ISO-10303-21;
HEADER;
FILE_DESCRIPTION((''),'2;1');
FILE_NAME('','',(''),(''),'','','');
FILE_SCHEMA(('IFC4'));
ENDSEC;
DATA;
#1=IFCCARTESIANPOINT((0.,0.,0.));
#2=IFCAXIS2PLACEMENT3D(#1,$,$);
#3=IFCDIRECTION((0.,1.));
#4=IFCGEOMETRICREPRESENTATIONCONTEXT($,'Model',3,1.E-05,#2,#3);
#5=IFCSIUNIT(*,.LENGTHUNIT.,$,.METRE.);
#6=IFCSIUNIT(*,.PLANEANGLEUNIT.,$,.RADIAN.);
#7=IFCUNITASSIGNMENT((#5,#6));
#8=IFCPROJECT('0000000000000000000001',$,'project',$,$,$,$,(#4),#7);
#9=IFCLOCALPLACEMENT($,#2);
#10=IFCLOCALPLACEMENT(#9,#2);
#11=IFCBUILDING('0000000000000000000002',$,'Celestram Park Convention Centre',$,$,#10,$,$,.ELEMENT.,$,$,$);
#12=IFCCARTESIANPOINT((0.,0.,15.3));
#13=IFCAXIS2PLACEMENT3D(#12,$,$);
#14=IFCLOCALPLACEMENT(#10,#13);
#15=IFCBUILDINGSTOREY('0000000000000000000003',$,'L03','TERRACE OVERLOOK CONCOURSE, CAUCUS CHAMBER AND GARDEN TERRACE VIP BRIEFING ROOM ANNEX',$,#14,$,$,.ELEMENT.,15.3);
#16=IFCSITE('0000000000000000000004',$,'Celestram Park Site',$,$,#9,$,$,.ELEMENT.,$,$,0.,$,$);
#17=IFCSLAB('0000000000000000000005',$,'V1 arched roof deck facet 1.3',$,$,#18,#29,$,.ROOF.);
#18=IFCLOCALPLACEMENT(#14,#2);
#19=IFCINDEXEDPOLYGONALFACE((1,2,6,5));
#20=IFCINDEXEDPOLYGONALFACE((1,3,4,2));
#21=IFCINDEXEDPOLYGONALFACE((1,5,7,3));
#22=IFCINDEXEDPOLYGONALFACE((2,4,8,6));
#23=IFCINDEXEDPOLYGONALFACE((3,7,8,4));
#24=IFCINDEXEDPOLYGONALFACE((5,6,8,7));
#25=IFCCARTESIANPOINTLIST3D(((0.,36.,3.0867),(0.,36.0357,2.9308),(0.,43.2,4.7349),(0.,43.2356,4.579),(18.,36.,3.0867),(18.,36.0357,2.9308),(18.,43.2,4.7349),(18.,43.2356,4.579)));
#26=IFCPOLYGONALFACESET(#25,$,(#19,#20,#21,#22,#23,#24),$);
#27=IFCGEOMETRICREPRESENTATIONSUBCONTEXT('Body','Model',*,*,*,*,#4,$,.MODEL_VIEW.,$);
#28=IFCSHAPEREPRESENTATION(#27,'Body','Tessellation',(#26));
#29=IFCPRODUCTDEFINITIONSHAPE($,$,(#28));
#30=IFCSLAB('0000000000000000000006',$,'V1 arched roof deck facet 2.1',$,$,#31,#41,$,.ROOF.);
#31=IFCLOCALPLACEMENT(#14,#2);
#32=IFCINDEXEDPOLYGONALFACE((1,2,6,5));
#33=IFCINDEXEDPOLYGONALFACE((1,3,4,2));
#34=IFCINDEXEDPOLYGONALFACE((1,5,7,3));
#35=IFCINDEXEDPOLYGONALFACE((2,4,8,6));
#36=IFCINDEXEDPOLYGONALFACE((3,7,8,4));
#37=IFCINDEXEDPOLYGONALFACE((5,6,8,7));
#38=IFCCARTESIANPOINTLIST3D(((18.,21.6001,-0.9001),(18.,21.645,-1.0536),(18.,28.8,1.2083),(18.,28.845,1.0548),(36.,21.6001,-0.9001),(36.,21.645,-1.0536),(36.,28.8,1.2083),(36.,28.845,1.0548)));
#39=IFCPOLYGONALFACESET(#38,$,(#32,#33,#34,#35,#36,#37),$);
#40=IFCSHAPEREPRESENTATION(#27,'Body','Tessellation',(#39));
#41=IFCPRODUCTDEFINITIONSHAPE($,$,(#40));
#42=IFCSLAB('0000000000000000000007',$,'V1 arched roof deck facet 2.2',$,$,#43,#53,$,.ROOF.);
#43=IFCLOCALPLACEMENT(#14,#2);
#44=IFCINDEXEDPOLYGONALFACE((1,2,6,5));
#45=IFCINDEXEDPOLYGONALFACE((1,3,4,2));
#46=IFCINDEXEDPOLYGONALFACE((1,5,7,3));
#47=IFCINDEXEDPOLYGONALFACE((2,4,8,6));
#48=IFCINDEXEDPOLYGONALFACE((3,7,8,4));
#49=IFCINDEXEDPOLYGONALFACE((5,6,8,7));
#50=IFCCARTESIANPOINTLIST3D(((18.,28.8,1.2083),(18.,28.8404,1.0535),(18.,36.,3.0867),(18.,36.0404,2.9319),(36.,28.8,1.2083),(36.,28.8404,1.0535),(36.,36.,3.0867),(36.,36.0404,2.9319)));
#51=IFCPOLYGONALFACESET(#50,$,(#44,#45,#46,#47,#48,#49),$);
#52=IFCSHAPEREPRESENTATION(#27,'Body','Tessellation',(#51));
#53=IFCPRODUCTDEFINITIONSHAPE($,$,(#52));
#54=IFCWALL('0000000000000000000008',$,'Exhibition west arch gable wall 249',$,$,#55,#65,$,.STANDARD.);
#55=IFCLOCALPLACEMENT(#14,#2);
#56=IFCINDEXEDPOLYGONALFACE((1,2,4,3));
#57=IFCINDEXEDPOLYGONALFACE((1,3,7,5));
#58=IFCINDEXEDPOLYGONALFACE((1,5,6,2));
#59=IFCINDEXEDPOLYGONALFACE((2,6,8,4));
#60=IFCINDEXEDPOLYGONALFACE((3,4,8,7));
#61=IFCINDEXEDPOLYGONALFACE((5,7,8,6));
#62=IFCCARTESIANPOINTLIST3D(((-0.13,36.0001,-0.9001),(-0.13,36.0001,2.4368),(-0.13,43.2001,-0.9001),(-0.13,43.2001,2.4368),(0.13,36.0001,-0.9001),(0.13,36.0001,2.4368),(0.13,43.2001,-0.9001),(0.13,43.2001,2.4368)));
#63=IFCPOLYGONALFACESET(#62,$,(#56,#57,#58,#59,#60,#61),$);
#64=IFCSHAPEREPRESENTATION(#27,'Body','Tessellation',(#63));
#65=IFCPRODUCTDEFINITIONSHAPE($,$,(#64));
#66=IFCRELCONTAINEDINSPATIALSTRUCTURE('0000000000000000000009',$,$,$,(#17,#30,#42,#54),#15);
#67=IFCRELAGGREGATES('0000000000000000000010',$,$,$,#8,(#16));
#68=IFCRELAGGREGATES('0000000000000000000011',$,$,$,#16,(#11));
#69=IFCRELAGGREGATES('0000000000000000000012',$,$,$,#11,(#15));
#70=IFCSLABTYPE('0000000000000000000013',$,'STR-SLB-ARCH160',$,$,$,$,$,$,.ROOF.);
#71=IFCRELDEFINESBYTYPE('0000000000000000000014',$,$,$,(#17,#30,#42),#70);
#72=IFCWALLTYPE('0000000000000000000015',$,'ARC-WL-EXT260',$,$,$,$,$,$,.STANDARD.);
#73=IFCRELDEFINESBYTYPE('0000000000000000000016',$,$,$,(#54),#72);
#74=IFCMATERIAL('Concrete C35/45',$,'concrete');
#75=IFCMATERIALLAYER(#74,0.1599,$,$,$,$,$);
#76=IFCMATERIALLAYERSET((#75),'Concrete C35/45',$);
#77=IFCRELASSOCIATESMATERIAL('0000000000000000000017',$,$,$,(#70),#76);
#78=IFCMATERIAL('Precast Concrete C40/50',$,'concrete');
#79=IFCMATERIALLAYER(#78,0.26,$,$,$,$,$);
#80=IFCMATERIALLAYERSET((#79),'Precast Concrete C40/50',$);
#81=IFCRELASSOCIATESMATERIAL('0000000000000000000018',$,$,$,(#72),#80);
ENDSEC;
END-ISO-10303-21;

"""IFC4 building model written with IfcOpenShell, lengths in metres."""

from ifc_helpers import new_model, si_unit, direction, frame, frame_2d, origin, place, context, subcontext, project, spatial, polyline, rectangle, outline, extrude, material, layer, layer_set, type_object, element, save


model = new_model("IFC4")

# Units and contexts
model_context = context("Model", 3, precision=1e-05, world=origin(), true_north=direction((0.0, 1.0)))
body_context = subcontext(model_context, "Body", "Model", "MODEL_VIEW")
ifc_project = project(units=[si_unit("LENGTHUNIT", "METRE"), si_unit("PLANEANGLEUNIT", "RADIAN")], contexts=[model_context])

# Site, building, storey
site_placement = place(None, origin())
site = spatial("IfcSite", under=ifc_project, at=site_placement, Name="Celestram Park Site", CompositionType="ELEMENT", RefElevation=0.0)
building_placement = place(site_placement, origin())
building = spatial("IfcBuilding", under=site, at=building_placement, Name="Celestram Park Convention Centre", CompositionType="ELEMENT")
storey_placement = place(building_placement, frame((0.0, 0.0, 15.3)))
storey = spatial("IfcBuildingStorey", under=building, at=storey_placement, Name="L03", Description="TERRACE OVERLOOK CONCOURSE, CAUCUS CHAMBER AND GARDEN TERRACE VIP BRIEFING ROOM ANNEX", CompositionType="ELEMENT", Elevation=15.3)

# Slabs
ifc_material_1 = material(Name="Concrete C35/45", Category="concrete")
ifc_layer_1 = layer(ifc_material_1, 0.1599)
ifc_layer_set_1 = layer_set([ifc_layer_1], Name="Concrete C35/45")
slab_type = type_object("IfcSlabType", Name="STR-SLB-ARCH160", PredefinedType="ROOF", material=ifc_layer_set_1)
slab_1_placement = place(storey_placement, frame((0.0, 36.0, 3.0867), z_axis=(0.0, -0.223145, 0.974785), x_axis=(1.0, 0.0, 0.0)))
element("IfcSlab", 1, at=slab_1_placement, inside=storey, type_object=slab_type, Name="V1 arched roof deck facet 1.3", PredefinedType="ROOF", context=body_context, shape_type="SweptSolid", body=[
    extrude(outline(polyline([(0.0, 0.0), (18.0, 0.0), (18.0, 7.3862), (0.0, 7.3862), (0.0, 0.0)])), origin(), (0.0, 0.0, -1.0), 0.1599),
])
slab_2_placement = place(storey_placement, frame((18.0, 21.6001, -0.9001), z_axis=(0.0, -0.281033, 0.959698), x_axis=(1.0, 0.0, 0.0)))
element("IfcSlab", 2, at=slab_2_placement, inside=storey, type_object=slab_type, Name="V1 arched roof deck facet 2.1", PredefinedType="ROOF", context=body_context, shape_type="SweptSolid", body=[
    extrude(outline(polyline([(0.0, 0.0), (18.0, 0.0), (18.0, 7.5023), (0.0, 7.5023), (0.0, 0.0)])), origin(), (0.0, 0.0, -1.0), 0.1599),
])
slab_3_placement = place(storey_placement, frame((18.0, 28.8, 1.2083), z_axis=(0.0, -0.252443, 0.967612), x_axis=(1.0, 0.0, 0.0)))
element("IfcSlab", 3, at=slab_3_placement, inside=storey, type_object=slab_type, Name="V1 arched roof deck facet 2.2", PredefinedType="ROOF", context=body_context, shape_type="SweptSolid", body=[
    extrude(outline(polyline([(0.0, 0.0), (18.0, 0.0), (18.0, 7.441), (0.0, 7.441), (0.0, 0.0)])), origin(), (0.0, 0.0, -1.0), 0.1599),
])

# Wall
ifc_material_2 = material(Name="Precast Concrete C40/50", Category="concrete")
ifc_layer_2 = layer(ifc_material_2, 0.26)
ifc_layer_set_2 = layer_set([ifc_layer_2], Name="Precast Concrete C40/50")
wall_type = type_object("IfcWallType", Name="ARC-WL-EXT260", PredefinedType="STANDARD", material=ifc_layer_set_2)
wall_placement = place(storey_placement, frame((0.0, 36.0, -0.9001), z_axis=(0.0, 0.0, 1.0), x_axis=(0.0, 1.0, 0.0)))
element("IfcWall", 4, at=wall_placement, inside=storey, type_object=wall_type, Name="Exhibition west arch gable wall 249", PredefinedType="STANDARD", context=body_context, shape_type="SweptSolid", body=[
    extrude(rectangle(XDim=7.2, YDim=0.26, at=frame_2d((3.6001, 0.0))), origin(), (0.0, 0.0, 1.0), 3.3369),
])

save(model, "model.ifc")
